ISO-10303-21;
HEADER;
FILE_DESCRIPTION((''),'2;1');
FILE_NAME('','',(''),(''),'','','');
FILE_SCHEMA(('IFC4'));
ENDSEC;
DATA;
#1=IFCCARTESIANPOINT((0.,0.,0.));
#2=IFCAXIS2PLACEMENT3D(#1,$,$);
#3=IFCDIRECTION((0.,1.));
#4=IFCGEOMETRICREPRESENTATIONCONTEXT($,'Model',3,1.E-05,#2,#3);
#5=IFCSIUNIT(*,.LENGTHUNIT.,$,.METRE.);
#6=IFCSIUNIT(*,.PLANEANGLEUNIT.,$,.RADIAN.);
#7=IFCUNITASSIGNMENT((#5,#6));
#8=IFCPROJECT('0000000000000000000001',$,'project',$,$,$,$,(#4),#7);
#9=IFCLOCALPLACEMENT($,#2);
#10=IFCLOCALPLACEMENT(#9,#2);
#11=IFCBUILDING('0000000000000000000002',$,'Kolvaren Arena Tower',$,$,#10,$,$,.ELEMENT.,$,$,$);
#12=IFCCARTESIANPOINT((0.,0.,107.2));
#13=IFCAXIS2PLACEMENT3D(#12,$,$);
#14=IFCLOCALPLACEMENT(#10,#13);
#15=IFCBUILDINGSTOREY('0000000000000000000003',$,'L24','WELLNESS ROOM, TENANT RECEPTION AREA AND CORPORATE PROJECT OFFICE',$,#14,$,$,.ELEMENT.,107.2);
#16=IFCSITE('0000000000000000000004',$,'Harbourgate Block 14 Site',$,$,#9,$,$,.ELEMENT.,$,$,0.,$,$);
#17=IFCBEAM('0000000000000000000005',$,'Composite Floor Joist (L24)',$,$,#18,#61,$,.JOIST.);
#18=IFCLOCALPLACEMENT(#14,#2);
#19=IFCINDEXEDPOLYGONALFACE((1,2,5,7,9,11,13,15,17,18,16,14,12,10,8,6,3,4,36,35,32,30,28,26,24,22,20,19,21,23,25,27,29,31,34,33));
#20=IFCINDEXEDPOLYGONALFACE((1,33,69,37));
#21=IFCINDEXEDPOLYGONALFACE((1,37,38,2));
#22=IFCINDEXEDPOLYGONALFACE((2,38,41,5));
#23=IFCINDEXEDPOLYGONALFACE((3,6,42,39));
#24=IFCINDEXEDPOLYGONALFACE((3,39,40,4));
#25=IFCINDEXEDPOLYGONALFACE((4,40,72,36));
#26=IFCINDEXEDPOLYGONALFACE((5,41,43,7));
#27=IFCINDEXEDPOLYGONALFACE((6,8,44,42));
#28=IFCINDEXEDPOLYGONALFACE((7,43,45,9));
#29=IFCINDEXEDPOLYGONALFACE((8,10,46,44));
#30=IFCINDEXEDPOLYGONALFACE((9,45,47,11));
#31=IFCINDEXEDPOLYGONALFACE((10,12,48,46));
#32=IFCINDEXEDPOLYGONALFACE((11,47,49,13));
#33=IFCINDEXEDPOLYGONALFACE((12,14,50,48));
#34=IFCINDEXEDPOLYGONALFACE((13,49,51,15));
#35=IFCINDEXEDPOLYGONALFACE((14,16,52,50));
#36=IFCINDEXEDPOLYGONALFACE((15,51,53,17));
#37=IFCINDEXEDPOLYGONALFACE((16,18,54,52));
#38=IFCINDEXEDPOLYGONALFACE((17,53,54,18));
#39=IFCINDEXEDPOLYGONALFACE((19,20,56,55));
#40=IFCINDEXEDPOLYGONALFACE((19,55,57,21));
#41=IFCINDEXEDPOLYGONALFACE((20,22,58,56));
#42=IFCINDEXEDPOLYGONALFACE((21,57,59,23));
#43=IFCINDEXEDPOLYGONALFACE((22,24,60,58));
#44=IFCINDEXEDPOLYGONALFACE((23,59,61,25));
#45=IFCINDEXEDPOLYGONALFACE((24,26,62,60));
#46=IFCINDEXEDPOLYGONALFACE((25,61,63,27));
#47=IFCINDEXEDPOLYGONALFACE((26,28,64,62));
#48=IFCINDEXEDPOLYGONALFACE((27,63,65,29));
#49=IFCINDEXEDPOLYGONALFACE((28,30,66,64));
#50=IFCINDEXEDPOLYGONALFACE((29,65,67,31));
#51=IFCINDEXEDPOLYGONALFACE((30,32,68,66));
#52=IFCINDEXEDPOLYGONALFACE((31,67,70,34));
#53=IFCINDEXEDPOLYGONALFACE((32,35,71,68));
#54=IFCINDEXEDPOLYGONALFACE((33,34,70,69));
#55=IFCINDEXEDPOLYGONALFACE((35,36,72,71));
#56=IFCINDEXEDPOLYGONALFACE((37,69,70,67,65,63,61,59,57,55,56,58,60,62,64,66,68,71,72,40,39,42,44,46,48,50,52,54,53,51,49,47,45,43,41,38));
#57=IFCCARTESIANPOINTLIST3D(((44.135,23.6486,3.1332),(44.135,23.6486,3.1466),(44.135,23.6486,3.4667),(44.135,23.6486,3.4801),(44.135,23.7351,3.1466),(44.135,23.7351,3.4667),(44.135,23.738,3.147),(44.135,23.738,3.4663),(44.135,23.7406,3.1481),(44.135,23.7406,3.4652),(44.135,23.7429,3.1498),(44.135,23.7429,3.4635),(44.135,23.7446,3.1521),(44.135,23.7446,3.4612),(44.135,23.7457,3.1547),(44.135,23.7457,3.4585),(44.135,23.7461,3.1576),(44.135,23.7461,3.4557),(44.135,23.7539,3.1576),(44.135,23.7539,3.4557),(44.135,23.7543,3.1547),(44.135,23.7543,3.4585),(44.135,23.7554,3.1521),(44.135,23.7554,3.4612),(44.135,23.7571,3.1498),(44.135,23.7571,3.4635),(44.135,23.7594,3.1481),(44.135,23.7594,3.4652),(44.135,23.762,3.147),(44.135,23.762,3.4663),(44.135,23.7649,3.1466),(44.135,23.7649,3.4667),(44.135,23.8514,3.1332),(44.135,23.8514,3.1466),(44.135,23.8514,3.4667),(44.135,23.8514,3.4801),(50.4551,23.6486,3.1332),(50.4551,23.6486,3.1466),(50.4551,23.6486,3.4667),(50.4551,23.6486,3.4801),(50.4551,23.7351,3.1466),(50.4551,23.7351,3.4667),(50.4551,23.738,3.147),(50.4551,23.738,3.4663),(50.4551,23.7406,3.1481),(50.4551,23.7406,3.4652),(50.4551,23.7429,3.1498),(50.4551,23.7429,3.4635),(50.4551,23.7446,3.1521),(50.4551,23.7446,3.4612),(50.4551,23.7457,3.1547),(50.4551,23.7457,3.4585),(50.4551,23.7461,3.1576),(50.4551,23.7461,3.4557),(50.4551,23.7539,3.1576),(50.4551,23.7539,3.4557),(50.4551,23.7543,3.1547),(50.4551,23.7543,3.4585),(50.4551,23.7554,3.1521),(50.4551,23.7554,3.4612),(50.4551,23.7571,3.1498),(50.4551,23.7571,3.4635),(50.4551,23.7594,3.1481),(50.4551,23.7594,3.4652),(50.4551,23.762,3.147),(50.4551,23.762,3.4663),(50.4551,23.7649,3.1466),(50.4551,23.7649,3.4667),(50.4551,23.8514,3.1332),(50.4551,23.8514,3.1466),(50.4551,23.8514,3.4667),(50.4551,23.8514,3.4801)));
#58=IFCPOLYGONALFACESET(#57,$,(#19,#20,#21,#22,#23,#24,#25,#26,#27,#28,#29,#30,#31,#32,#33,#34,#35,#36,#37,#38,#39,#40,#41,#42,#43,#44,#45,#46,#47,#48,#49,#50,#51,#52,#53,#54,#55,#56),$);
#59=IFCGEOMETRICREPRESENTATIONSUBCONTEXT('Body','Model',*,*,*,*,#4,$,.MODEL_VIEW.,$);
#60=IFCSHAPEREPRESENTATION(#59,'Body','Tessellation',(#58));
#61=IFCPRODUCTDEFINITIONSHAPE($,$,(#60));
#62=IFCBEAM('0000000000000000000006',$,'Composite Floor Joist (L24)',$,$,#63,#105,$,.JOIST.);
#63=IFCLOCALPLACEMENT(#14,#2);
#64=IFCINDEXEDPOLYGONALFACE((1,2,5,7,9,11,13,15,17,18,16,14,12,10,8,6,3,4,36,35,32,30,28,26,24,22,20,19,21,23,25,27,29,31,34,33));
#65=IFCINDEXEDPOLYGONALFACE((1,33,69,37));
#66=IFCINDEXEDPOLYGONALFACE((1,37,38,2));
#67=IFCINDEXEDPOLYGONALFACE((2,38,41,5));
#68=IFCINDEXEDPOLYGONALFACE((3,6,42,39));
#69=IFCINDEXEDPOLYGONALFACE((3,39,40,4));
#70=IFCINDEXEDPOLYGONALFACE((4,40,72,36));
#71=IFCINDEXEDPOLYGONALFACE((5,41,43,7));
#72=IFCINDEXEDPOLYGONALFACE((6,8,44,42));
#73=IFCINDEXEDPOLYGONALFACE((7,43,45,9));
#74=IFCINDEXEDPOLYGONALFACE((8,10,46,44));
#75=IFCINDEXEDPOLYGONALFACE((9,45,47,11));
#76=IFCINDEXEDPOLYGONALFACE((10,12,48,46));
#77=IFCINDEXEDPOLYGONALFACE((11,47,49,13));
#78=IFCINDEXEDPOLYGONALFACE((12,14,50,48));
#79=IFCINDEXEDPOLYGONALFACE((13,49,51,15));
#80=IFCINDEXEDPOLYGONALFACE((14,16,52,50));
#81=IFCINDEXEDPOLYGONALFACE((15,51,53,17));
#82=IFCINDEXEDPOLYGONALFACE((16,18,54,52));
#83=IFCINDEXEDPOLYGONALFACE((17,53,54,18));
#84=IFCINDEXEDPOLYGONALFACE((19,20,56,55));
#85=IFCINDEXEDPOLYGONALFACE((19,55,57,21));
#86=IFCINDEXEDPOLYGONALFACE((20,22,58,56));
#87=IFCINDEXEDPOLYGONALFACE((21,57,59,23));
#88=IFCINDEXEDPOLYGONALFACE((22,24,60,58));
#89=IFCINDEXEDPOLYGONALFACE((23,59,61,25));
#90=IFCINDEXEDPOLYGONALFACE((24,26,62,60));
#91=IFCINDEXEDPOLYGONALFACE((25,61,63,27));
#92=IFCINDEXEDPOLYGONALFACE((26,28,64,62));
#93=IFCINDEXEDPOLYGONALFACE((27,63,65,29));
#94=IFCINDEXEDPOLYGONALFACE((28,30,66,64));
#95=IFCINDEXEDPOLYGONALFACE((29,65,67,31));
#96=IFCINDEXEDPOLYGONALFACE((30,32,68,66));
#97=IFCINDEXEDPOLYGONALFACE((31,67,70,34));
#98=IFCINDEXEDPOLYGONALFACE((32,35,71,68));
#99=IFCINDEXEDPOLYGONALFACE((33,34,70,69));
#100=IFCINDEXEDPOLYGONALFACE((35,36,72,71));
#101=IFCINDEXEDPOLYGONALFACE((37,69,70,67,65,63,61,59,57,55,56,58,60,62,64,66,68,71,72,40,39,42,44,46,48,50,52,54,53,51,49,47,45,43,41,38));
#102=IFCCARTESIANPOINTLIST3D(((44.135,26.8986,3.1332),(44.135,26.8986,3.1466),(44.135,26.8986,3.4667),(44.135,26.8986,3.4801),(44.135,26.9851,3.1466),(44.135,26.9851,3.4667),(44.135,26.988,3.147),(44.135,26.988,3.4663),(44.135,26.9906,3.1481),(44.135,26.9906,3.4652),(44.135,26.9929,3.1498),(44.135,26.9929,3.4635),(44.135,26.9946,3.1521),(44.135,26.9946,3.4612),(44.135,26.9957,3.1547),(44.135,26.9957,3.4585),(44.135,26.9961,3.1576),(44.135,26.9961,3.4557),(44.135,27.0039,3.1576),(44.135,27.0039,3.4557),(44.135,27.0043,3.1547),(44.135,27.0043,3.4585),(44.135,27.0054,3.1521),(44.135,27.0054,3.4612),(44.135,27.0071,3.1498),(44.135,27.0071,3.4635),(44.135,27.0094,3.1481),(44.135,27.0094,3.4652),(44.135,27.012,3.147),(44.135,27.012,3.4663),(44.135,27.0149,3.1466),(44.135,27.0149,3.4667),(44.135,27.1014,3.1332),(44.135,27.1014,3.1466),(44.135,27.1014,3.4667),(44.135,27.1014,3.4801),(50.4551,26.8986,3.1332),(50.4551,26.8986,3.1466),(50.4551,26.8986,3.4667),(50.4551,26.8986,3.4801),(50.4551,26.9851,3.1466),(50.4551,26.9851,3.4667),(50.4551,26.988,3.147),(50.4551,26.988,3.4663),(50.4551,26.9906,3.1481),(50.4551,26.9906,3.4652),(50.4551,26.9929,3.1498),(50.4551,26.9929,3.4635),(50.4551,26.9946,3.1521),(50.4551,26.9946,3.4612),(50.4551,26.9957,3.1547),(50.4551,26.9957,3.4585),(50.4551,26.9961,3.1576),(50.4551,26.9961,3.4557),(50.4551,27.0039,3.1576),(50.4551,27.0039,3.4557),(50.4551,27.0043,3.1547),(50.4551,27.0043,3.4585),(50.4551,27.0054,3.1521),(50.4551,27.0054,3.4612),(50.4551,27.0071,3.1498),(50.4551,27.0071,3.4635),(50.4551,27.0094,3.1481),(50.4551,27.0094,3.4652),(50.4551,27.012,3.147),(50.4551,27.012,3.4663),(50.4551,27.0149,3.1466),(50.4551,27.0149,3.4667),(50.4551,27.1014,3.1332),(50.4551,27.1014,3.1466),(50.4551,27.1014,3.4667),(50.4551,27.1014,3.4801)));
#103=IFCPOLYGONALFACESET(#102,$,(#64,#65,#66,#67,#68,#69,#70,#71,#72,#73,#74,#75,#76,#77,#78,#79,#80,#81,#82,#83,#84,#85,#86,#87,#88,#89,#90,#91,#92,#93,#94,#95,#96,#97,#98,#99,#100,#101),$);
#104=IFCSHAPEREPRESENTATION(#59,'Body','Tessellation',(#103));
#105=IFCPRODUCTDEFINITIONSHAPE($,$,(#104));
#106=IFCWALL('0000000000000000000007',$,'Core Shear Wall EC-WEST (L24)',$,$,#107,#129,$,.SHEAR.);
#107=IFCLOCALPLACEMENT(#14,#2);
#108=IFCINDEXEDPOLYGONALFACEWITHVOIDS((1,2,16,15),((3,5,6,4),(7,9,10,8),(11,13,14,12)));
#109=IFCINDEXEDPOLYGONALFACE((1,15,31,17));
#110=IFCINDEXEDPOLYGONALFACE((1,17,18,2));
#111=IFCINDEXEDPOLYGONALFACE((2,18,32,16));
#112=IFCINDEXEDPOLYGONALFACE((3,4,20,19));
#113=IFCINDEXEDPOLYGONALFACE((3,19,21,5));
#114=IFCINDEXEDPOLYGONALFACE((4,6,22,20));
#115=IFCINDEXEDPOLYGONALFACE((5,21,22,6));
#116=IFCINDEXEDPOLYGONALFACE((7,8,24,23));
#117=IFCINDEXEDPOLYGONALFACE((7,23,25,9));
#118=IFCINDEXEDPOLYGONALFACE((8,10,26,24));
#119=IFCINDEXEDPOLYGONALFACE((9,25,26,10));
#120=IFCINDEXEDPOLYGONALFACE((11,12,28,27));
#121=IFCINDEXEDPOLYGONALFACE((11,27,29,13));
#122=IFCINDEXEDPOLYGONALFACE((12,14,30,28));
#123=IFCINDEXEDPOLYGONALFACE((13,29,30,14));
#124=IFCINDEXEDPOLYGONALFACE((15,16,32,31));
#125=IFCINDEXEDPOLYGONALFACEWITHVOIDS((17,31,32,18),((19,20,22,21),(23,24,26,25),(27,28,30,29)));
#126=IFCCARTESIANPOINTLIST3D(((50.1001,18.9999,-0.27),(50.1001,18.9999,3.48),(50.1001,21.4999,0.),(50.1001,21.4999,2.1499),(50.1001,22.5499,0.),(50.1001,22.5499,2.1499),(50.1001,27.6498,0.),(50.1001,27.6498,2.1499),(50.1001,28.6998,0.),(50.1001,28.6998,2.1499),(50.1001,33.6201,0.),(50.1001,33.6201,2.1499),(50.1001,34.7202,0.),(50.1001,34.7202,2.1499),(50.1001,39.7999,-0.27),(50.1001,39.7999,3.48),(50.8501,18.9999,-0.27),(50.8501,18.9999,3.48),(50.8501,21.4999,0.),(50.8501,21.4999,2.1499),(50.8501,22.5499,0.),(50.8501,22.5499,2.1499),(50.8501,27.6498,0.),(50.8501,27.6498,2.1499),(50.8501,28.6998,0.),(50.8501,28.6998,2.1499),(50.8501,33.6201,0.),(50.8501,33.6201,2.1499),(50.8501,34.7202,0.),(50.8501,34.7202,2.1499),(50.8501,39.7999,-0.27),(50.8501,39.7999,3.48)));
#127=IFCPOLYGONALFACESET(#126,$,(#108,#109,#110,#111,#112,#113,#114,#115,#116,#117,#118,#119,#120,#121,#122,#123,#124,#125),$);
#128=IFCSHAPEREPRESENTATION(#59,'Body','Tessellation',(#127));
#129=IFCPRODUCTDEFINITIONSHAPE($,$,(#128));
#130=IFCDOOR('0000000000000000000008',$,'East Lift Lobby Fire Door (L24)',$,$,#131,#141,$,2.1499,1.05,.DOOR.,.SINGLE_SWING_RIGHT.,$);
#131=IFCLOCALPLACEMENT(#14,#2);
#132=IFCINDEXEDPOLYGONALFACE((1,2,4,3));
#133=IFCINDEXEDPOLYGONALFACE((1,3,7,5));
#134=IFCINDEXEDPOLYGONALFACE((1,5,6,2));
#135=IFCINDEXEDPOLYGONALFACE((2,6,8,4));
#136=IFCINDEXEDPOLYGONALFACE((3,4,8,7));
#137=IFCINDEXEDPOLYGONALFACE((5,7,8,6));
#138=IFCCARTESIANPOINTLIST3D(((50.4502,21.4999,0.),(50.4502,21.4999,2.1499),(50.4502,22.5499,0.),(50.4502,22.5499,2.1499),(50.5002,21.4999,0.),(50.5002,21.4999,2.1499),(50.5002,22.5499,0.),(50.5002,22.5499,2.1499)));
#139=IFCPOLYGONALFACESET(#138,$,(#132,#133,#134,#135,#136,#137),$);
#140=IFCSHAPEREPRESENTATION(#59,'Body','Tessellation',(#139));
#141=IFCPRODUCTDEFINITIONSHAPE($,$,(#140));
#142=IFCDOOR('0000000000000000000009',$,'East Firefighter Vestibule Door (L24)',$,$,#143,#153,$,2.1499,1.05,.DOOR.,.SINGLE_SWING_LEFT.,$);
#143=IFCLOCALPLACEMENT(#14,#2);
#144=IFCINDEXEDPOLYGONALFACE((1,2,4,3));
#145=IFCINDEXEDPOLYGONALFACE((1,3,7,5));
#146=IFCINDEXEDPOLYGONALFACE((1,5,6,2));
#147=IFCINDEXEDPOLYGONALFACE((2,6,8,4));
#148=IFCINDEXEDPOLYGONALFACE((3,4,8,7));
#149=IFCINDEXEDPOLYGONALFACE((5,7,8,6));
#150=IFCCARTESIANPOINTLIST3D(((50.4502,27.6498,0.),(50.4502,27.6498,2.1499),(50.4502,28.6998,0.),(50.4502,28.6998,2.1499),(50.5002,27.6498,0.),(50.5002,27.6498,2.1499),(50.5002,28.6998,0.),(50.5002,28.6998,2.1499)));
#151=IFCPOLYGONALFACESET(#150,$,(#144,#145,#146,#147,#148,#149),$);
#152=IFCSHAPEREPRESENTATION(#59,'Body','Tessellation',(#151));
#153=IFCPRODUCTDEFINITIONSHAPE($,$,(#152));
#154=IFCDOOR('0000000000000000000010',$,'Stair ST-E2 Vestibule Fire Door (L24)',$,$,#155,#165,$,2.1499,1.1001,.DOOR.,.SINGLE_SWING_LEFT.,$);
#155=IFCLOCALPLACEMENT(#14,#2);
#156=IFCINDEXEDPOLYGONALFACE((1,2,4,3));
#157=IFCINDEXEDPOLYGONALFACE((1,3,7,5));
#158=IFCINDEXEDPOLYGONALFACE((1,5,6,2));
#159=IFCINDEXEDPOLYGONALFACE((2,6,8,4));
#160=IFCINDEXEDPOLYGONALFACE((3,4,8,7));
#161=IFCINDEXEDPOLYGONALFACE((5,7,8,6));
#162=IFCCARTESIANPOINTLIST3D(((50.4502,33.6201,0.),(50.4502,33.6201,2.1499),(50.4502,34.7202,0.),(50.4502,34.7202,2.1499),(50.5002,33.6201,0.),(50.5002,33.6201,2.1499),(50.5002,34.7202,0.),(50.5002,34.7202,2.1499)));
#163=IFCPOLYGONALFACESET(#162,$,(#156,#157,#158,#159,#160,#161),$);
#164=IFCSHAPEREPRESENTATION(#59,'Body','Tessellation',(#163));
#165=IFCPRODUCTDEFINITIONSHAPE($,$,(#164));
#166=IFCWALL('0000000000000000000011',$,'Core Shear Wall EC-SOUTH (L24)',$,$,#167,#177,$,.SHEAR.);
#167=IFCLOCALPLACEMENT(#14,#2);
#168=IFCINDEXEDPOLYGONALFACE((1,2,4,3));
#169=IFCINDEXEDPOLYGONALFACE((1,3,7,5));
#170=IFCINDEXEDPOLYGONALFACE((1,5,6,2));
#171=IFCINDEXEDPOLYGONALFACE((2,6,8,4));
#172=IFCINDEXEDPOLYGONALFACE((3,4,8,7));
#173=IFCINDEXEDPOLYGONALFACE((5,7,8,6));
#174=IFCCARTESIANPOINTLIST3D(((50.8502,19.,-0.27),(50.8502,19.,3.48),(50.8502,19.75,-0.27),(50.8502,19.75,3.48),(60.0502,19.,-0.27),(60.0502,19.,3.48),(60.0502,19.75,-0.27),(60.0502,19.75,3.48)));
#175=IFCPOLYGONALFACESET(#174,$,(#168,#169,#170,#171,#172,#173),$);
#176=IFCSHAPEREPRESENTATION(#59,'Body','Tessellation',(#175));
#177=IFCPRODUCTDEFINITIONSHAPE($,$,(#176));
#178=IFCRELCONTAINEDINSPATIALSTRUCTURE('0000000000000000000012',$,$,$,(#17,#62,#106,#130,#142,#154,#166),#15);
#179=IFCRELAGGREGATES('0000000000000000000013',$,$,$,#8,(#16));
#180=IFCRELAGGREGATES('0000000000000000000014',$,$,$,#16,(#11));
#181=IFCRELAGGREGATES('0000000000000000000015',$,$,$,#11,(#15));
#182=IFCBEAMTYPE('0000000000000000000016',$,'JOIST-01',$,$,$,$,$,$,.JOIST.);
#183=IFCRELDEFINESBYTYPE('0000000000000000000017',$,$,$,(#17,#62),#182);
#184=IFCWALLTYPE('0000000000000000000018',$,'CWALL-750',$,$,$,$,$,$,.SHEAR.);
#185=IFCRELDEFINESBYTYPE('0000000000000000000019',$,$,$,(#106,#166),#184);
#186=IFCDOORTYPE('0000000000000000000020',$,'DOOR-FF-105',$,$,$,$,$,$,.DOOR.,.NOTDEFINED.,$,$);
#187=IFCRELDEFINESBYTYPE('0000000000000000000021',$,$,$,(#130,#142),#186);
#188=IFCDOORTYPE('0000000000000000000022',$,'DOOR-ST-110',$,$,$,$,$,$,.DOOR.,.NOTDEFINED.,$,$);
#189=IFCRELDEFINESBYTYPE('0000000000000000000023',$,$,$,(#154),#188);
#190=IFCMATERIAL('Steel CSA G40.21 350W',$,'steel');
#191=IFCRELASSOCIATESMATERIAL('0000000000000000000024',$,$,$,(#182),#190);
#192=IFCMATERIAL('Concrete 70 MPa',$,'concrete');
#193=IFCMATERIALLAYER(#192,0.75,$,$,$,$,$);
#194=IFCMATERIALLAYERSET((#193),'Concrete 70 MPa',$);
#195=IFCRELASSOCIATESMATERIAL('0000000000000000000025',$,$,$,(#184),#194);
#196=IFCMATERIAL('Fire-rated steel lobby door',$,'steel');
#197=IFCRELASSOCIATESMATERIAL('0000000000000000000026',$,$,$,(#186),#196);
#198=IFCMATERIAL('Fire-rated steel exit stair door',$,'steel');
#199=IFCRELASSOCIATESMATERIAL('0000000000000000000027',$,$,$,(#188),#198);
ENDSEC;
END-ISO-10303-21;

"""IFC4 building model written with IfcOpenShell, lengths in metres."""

from ifc_helpers import new_model, si_unit, direction, frame, frame_2d, origin, origin_2d, place, context, subcontext, project, spatial, rectangle, i_section, extrude, material, layer, layer_set, material_profile, profile_set, type_object, element, fill, save


model = new_model("IFC4")

# Units and contexts
model_context = context("Model", 3, precision=1e-05, world=origin(), true_north=direction((0.0, 1.0)))
body_context = subcontext(model_context, "Body", "Model", "MODEL_VIEW")
ifc_project = project(units=[si_unit("LENGTHUNIT", "METRE"), si_unit("PLANEANGLEUNIT", "RADIAN")], contexts=[model_context])

# Site, building, storey
site_placement = place(None, origin())
site = spatial("IfcSite", under=ifc_project, at=site_placement, Name="Harbourgate Block 14 Site", CompositionType="ELEMENT", RefElevation=0.0)
building_placement = place(site_placement, origin())
building = spatial("IfcBuilding", under=site, at=building_placement, Name="Kolvaren Arena Tower", CompositionType="ELEMENT")
storey_placement = place(building_placement, frame((0.0, 0.0, 107.2)))
storey = spatial("IfcBuildingStorey", under=building, at=storey_placement, Name="L24", Description="WELLNESS ROOM, TENANT RECEPTION AREA AND CORPORATE PROJECT OFFICE", CompositionType="ELEMENT", Elevation=107.2)

# Beams
ifc_material_1 = material(Name="Steel CSA G40.21 350W", Category="steel")
ifc_material_profile_1 = material_profile(ifc_material_1, i_section(OverallWidth=0.2029, OverallDepth=0.3469, WebThickness=0.0078, FlangeThickness=0.0134, FilletRadius=0.011, at=origin_2d()), Name="W360x64")
ifc_profile_set_1 = profile_set([ifc_material_profile_1], Name="Steel CSA G40.21 350W")
beam_type_1 = type_object("IfcBeamType", Name="JOIST-01", PredefinedType="JOIST", material=ifc_profile_set_1)
for number, where, z_axis, x_axis, name in (
    (1, (44.135, 23.75, 3.3066), (1.0, 0.0, 0.0), (0.0, 1.0, 0.0), "Composite Floor Joist (L24)"),
    (2, (44.135, 27.0, 3.3066), (1.0, 0.0, 0.0), (0.0, 1.0, 0.0), "Composite Floor Joist (L24)"),
):
    element("IfcBeam", number, at=place(storey_placement, frame(where, z_axis=z_axis, x_axis=x_axis)), inside=storey, type_object=beam_type_1, Name=name, PredefinedType="JOIST", context=body_context, shape_type="SweptSolid", body=[
        extrude(i_section(OverallWidth=0.2029, OverallDepth=0.3469, WebThickness=0.0078, FlangeThickness=0.0134, FilletRadius=0.011, at=origin_2d()), origin(), (0.0, 0.0, 1.0), 6.3201),
    ])

# Wall, openings, doors
ifc_material_2 = material(Name="Concrete 70 MPa", Category="concrete")
ifc_layer_1 = layer(ifc_material_2, 0.75)
ifc_layer_set_1 = layer_set([ifc_layer_1], Name="Concrete 70 MPa")
wall_type_1 = type_object("IfcWallType", Name="CWALL-750", PredefinedType="SHEAR", material=ifc_layer_set_1)
wall_1_placement = place(storey_placement, frame((50.4751, 19.0, -0.27), z_axis=(0.0, 0.0, 1.0), x_axis=(0.0, 1.0, 0.0)))
wall_1 = element("IfcWall", 3, at=wall_1_placement, inside=storey, type_object=wall_type_1, Name="Core Shear Wall EC-WEST (L24)", PredefinedType="SHEAR", context=body_context, shape_type="SweptSolid", body=[
    extrude(rectangle(XDim=20.8, YDim=0.75, at=frame_2d((10.3999, 0.0))), origin(), (0.0, 0.0, 1.0), 3.75),
])
opening_1_placement = place(wall_1_placement, frame((2.5, 0.0, 0.27)))
opening_1 = element("IfcOpeningElement", 4, at=opening_1_placement, cuts=wall_1, PredefinedType="OPENING", context=body_context, shape_type="SweptSolid", body=[
    extrude(rectangle(XDim=1.05, YDim=2.1499, at=frame_2d((0.5249, 1.075))), frame((0.0, 0.385, 0.0), z_axis=(0.0, -1.0, 0.0), x_axis=(1.0, 0.0, 0.0)), (0.0, 0.0, 1.0), 0.77),
])
opening_2_placement = place(wall_1_placement, frame((8.6499, 0.0, 0.27)))
opening_2 = element("IfcOpeningElement", 5, at=opening_2_placement, cuts=wall_1, PredefinedType="OPENING", context=body_context, shape_type="SweptSolid", body=[
    extrude(rectangle(XDim=1.05, YDim=2.1499, at=frame_2d((0.5249, 1.075))), frame((0.0, 0.385, 0.0), z_axis=(0.0, -1.0, 0.0), x_axis=(1.0, 0.0, 0.0)), (0.0, 0.0, 1.0), 0.77),
])
opening_3_placement = place(wall_1_placement, frame((14.6201, 0.0, 0.27)))
opening_3 = element("IfcOpeningElement", 6, at=opening_3_placement, cuts=wall_1, PredefinedType="OPENING", context=body_context, shape_type="SweptSolid", body=[
    extrude(rectangle(XDim=1.1001, YDim=2.1499, at=frame_2d((0.55, 1.075))), frame((0.0, 0.385, 0.0), z_axis=(0.0, -1.0, 0.0), x_axis=(1.0, 0.0, 0.0)), (0.0, 0.0, 1.0), 0.77),
])
ifc_material_3 = material(Name="Fire-rated steel lobby door", Category="steel")
door_type_1 = type_object("IfcDoorType", Name="DOOR-FF-105", OperationType="NOTDEFINED", PredefinedType="DOOR", material=ifc_material_3)
door_1_placement = place(opening_1_placement, origin())
door_1 = element("IfcDoor", 7, at=door_1_placement, inside=storey, type_object=door_type_1, Name="East Lift Lobby Fire Door (L24)", OperationType="SINGLE_SWING_RIGHT", OverallHeight=2.1499, OverallWidth=1.05, PredefinedType="DOOR", context=body_context, shape_type="SweptSolid", body=[
    extrude(rectangle(XDim=1.05, YDim=2.1499, at=frame_2d((0.5249, 1.075))), frame((0.0, 0.0249, 0.0), z_axis=(0.0, -1.0, 0.0), x_axis=(1.0, 0.0, 0.0)), (0.0, 0.0, 1.0), 0.05),
])
fill(opening_1, door_1)
door_2_placement = place(opening_2_placement, origin())
door_2 = element("IfcDoor", 8, at=door_2_placement, inside=storey, type_object=door_type_1, Name="East Firefighter Vestibule Door (L24)", OperationType="SINGLE_SWING_LEFT", OverallHeight=2.1499, OverallWidth=1.05, PredefinedType="DOOR", context=body_context, shape_type="SweptSolid", body=[
    extrude(rectangle(XDim=1.05, YDim=2.1499, at=frame_2d((0.5249, 1.075))), frame((0.0, 0.0249, 0.0), z_axis=(0.0, -1.0, 0.0), x_axis=(1.0, 0.0, 0.0)), (0.0, 0.0, 1.0), 0.05),
])
fill(opening_2, door_2)
ifc_material_4 = material(Name="Fire-rated steel exit stair door", Category="steel")
door_type_2 = type_object("IfcDoorType", Name="DOOR-ST-110", OperationType="NOTDEFINED", PredefinedType="DOOR", material=ifc_material_4)
door_3_placement = place(opening_3_placement, origin())
door_3 = element("IfcDoor", 9, at=door_3_placement, inside=storey, type_object=door_type_2, Name="Stair ST-E2 Vestibule Fire Door (L24)", OperationType="SINGLE_SWING_LEFT", OverallHeight=2.1499, OverallWidth=1.1001, PredefinedType="DOOR", context=body_context, shape_type="SweptSolid", body=[
    extrude(rectangle(XDim=1.1001, YDim=2.1499, at=frame_2d((0.55, 1.075))), frame((0.0, 0.0249, 0.0), z_axis=(0.0, -1.0, 0.0), x_axis=(1.0, 0.0, 0.0)), (0.0, 0.0, 1.0), 0.05),
])
fill(opening_3, door_3)

# Wall
wall_2_placement = place(storey_placement, frame((50.8501, 19.375, -0.27), z_axis=(0.0, 0.0, 1.0), x_axis=(1.0, 0.0, 0.0)))
element("IfcWall", 10, at=wall_2_placement, inside=storey, type_object=wall_type_1, Name="Core Shear Wall EC-SOUTH (L24)", PredefinedType="SHEAR", context=body_context, shape_type="SweptSolid", body=[
    extrude(rectangle(XDim=9.2, YDim=0.75, at=frame_2d((4.6001, 0.0))), origin(), (0.0, 0.0, 1.0), 3.75),
])

save(model, "model.ifc")
